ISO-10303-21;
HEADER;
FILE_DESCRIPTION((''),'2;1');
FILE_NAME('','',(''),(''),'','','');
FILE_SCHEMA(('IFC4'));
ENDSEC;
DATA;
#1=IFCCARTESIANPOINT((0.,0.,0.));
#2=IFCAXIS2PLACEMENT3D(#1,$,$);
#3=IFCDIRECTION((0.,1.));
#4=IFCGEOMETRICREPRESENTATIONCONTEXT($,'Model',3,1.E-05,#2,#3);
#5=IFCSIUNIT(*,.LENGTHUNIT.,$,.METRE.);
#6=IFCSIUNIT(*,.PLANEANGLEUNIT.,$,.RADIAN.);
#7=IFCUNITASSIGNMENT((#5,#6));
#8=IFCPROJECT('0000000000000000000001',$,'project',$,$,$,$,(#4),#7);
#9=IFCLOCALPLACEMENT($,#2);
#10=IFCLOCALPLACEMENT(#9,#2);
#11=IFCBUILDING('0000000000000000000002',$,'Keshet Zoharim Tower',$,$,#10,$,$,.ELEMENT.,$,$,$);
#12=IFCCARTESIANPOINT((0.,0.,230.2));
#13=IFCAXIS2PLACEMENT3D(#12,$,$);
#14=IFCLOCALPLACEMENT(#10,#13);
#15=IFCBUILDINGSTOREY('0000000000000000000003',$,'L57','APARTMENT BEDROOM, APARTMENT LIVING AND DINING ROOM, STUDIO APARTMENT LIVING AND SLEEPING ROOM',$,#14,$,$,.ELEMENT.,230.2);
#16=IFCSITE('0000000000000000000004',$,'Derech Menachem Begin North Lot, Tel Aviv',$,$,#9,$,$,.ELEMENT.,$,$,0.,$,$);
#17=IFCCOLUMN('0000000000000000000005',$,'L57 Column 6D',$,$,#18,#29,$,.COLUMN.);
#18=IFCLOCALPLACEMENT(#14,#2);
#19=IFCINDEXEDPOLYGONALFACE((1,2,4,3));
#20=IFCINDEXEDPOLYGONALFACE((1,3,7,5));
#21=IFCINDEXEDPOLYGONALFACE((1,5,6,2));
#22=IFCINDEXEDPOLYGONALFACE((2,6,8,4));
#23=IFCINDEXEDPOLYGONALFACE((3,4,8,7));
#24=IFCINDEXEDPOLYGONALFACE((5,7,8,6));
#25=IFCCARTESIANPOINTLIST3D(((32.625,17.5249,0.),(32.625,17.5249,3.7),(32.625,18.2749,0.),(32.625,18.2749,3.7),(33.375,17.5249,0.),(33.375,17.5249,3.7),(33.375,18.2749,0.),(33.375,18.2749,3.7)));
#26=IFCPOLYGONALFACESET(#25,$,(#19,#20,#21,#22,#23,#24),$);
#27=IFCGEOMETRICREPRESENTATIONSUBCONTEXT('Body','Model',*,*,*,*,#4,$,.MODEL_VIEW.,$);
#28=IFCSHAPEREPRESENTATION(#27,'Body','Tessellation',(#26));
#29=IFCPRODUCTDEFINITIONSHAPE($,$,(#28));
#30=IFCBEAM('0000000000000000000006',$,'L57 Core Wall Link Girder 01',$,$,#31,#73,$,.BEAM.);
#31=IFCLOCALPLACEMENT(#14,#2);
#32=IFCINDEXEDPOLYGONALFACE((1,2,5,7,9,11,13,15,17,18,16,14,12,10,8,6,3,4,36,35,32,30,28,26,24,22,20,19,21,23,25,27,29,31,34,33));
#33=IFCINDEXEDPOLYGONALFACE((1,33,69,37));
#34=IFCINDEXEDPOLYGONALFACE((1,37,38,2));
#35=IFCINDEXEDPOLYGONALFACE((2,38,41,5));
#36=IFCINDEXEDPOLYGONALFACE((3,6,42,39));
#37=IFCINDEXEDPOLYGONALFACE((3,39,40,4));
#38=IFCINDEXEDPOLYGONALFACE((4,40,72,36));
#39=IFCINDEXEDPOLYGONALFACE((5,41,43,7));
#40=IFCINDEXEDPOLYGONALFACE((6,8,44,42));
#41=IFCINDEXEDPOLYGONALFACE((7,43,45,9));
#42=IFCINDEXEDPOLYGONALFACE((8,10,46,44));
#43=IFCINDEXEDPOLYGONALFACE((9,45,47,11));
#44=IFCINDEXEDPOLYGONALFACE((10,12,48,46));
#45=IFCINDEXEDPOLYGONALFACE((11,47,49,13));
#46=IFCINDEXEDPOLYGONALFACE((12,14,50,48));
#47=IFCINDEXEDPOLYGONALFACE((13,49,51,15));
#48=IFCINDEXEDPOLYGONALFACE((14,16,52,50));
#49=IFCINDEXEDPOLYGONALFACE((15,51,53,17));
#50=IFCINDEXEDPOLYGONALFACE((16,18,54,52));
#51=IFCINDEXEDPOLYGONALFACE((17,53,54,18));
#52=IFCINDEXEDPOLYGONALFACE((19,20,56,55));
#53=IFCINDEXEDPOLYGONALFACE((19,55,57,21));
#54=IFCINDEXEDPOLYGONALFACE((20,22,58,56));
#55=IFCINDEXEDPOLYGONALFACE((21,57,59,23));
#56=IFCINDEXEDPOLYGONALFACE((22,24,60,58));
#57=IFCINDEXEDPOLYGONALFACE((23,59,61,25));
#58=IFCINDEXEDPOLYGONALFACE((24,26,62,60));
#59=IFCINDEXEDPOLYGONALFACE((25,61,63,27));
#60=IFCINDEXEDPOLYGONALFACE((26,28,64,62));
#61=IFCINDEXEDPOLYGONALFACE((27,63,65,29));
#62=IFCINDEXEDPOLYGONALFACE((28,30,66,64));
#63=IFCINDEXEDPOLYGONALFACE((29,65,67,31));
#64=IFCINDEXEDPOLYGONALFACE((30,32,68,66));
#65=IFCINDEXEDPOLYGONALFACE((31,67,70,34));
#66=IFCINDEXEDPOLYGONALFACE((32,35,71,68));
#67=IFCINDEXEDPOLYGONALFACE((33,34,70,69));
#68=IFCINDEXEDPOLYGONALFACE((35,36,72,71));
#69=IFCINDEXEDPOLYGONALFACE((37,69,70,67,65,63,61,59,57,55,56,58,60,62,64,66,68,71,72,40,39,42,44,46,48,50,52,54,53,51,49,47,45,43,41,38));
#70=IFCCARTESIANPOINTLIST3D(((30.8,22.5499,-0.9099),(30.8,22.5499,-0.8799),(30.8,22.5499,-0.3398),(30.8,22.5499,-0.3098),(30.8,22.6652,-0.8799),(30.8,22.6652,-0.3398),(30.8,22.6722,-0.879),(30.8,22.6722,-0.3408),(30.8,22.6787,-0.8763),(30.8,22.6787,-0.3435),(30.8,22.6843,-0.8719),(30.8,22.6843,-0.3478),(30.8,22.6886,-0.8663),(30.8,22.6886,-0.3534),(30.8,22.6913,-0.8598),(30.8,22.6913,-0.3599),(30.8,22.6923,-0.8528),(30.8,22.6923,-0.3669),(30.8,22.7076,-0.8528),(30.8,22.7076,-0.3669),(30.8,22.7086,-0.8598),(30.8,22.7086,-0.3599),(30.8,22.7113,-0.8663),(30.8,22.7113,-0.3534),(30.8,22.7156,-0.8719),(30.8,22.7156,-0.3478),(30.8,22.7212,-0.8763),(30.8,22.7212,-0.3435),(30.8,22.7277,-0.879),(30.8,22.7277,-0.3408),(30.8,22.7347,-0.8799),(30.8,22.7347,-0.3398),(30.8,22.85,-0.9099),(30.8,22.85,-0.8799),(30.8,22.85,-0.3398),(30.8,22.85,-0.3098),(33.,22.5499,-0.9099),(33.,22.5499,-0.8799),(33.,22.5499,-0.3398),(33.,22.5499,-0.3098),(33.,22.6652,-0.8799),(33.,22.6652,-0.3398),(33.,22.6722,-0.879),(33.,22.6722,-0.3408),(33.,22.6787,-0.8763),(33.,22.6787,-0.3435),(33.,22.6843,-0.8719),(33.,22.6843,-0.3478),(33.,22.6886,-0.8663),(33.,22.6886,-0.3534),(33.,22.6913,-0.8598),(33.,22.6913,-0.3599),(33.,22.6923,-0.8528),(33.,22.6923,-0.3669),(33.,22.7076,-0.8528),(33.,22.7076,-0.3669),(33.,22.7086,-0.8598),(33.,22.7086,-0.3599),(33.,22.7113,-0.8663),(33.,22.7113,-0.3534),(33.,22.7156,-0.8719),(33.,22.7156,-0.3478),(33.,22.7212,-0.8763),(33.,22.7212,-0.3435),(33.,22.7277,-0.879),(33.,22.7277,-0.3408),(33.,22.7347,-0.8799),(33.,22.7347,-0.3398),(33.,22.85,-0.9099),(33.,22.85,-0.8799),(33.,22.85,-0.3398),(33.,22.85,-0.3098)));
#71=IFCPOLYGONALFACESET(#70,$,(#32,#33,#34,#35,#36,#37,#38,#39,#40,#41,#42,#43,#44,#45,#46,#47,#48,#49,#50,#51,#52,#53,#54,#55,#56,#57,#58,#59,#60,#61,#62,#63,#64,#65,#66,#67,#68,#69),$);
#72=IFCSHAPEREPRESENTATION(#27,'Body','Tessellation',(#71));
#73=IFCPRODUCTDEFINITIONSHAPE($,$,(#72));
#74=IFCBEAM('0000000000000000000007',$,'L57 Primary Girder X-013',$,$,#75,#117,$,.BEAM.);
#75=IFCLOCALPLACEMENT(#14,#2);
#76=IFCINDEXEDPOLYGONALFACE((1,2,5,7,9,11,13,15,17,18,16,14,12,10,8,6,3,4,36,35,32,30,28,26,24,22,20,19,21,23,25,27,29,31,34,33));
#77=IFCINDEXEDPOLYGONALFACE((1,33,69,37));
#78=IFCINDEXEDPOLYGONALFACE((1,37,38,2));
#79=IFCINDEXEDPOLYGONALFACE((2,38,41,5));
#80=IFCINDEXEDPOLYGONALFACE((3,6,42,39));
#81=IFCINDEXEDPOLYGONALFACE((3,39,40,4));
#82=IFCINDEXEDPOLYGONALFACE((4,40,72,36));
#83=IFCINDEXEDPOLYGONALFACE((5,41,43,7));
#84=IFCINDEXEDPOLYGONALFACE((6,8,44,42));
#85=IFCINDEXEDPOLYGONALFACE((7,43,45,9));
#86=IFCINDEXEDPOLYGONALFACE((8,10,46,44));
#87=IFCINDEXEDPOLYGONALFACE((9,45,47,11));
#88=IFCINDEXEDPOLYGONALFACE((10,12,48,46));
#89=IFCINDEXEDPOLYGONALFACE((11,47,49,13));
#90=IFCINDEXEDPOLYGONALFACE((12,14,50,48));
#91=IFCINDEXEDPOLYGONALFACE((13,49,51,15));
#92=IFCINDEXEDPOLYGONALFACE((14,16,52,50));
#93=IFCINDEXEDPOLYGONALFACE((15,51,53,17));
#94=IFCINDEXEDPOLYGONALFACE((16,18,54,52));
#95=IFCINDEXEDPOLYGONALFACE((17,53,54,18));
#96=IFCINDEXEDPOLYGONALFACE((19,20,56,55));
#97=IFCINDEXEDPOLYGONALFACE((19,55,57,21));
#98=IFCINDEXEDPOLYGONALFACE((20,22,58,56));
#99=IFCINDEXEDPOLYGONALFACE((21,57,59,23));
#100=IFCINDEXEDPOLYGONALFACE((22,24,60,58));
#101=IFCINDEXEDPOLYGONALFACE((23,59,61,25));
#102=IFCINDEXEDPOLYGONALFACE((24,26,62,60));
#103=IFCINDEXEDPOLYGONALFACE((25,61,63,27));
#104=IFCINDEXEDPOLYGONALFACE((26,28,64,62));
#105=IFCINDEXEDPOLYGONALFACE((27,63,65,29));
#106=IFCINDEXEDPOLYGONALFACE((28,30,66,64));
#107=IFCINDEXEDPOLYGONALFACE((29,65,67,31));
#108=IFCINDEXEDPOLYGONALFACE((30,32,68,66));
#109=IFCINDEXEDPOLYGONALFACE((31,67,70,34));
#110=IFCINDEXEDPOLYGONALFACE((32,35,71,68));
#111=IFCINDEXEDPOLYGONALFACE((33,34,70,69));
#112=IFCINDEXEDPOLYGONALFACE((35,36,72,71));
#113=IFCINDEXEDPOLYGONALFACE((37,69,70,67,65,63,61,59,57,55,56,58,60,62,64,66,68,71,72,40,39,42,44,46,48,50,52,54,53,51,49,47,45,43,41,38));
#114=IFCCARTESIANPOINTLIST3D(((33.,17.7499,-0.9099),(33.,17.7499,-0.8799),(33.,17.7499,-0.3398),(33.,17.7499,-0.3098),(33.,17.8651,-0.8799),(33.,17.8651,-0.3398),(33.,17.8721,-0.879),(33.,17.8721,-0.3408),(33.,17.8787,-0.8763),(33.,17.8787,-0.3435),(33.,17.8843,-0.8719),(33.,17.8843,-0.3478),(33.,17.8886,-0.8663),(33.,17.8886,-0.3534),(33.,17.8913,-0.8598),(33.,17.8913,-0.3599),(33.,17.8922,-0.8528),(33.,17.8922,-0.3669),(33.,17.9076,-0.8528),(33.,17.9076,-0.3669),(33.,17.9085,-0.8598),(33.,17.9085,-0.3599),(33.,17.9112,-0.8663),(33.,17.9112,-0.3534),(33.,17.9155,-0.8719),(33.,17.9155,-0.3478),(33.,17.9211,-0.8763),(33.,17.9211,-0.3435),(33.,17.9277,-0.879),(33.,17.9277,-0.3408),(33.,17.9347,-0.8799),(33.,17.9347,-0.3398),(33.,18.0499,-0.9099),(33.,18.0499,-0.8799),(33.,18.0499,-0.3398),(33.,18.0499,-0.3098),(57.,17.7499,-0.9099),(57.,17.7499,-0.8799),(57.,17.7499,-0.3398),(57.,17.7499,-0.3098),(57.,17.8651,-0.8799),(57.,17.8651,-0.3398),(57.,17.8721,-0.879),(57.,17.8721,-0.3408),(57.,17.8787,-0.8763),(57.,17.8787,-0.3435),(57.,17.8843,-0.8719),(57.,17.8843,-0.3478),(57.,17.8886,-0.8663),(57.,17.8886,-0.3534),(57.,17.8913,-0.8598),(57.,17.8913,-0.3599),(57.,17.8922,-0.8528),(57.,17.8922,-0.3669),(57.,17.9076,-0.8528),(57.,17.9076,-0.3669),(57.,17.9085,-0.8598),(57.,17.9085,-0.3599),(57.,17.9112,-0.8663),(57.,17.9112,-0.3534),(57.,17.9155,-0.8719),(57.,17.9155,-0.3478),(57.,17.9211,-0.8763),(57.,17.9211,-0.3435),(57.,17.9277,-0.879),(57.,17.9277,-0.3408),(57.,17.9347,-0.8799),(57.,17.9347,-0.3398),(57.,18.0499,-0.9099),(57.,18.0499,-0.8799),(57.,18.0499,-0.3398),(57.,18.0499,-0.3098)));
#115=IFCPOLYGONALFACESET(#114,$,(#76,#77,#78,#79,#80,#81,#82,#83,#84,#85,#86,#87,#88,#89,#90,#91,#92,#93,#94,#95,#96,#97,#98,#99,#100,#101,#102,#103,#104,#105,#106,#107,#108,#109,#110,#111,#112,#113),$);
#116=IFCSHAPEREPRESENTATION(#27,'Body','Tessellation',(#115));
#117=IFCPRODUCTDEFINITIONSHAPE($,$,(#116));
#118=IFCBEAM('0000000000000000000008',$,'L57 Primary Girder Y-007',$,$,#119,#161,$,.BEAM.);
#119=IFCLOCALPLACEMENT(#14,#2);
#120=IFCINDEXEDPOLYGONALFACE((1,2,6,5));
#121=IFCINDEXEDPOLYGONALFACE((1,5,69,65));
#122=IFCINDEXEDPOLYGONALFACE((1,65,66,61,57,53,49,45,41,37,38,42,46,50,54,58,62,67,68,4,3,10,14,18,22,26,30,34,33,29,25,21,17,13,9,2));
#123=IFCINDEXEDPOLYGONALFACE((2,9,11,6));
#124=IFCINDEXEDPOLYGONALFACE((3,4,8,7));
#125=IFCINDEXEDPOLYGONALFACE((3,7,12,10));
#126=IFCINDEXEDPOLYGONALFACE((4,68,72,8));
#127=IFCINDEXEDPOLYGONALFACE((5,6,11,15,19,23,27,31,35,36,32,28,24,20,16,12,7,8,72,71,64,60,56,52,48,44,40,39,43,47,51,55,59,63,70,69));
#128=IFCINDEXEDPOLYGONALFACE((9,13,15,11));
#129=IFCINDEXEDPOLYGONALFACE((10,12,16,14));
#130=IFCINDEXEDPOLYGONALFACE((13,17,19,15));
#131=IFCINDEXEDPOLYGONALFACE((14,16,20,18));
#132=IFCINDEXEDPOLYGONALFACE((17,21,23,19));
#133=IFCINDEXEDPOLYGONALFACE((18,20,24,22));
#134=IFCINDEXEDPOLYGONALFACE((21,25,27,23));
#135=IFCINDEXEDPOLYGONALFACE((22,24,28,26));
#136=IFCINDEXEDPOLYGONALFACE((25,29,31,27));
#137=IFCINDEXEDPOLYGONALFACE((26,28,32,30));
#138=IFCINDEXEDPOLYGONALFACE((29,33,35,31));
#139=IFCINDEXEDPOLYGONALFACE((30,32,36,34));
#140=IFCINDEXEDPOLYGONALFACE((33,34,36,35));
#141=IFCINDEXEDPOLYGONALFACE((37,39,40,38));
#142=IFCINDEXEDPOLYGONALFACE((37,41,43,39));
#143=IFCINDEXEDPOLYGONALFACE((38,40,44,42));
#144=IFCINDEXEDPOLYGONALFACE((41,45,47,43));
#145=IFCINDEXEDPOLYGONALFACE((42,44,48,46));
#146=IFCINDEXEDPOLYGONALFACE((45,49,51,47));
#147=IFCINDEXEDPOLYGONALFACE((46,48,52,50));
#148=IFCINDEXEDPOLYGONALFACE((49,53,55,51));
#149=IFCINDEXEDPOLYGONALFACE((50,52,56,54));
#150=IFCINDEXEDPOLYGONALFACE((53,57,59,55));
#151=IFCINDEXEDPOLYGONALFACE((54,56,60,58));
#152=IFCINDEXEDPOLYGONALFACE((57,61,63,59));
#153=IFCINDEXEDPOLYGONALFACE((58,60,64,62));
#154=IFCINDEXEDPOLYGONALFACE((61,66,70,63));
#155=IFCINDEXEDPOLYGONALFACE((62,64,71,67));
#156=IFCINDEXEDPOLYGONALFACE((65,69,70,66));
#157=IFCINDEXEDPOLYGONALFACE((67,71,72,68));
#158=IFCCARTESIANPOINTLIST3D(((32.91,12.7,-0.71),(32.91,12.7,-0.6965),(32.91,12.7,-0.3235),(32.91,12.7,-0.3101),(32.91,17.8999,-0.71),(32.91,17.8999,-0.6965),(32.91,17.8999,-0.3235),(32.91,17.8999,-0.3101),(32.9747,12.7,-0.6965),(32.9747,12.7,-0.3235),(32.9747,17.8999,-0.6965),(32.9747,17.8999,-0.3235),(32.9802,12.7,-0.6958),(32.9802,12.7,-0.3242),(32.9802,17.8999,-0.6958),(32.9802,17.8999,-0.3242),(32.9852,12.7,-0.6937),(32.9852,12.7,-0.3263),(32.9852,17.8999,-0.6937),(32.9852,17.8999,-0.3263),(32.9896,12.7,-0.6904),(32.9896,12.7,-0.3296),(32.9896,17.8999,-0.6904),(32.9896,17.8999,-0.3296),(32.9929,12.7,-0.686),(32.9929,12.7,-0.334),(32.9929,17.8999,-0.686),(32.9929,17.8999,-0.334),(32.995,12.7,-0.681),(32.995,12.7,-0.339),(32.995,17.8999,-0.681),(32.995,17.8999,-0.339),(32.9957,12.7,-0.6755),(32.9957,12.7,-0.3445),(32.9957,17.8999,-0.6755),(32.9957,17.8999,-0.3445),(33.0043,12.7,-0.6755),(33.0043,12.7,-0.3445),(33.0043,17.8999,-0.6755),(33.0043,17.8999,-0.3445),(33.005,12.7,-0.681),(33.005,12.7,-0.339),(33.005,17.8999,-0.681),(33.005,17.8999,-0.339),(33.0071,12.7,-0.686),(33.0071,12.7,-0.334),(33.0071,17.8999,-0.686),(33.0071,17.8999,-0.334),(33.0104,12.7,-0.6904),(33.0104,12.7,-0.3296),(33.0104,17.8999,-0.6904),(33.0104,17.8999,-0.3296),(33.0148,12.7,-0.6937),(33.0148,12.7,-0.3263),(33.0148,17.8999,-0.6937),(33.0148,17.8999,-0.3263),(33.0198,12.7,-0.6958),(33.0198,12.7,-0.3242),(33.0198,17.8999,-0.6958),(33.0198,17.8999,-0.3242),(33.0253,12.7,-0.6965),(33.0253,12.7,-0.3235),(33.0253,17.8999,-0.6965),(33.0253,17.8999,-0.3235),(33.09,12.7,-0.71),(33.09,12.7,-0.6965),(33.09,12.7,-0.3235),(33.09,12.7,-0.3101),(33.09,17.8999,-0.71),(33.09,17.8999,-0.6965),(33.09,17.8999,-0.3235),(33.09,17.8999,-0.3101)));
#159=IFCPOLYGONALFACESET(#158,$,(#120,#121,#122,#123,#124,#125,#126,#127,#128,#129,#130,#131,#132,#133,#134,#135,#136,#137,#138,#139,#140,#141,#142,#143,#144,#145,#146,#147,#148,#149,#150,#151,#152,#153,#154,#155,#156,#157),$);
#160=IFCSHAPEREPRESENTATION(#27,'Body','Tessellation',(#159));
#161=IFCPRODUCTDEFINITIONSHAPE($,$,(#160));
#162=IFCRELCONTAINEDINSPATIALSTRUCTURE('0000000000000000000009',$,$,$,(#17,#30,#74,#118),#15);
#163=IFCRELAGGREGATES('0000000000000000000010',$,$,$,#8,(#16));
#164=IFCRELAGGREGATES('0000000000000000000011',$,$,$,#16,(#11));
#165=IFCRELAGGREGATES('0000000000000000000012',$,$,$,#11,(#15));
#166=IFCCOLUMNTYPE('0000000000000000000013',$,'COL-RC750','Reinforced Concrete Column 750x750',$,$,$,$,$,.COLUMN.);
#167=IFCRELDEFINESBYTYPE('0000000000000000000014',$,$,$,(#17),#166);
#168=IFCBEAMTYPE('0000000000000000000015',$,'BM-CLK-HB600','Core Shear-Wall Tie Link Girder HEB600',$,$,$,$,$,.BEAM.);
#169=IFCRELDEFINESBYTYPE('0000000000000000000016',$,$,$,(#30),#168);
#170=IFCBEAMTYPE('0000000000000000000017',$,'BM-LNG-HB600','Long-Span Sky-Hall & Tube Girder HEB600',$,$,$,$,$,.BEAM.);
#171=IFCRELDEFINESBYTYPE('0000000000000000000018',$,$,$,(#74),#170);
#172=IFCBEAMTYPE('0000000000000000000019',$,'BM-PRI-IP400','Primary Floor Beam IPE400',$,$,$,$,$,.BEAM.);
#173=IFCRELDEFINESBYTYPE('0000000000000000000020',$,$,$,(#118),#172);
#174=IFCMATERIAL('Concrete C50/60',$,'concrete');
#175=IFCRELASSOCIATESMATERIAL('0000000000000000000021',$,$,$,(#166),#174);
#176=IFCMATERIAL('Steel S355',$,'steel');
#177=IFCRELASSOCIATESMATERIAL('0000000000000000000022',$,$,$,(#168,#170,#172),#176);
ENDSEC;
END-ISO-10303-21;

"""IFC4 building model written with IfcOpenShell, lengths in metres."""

from ifc_helpers import new_model, si_unit, direction, frame, origin, origin_2d, place, context, subcontext, project, spatial, rectangle, i_section, extrude, material, material_profile, profile_set, type_object, element, save


model = new_model("IFC4")

# Units and contexts
model_context = context("Model", 3, precision=1e-05, world=origin(), true_north=direction((0.0, 1.0)))
body_context = subcontext(model_context, "Body", "Model", "MODEL_VIEW")
ifc_project = project(units=[si_unit("LENGTHUNIT", "METRE"), si_unit("PLANEANGLEUNIT", "RADIAN")], contexts=[model_context])

# Site, building, storey
site_placement = place(None, origin())
site = spatial("IfcSite", under=ifc_project, at=site_placement, Name="Derech Menachem Begin North Lot, Tel Aviv", CompositionType="ELEMENT", RefElevation=0.0)
building_placement = place(site_placement, origin())
building = spatial("IfcBuilding", under=site, at=building_placement, Name="Keshet Zoharim Tower", CompositionType="ELEMENT")
storey_placement = place(building_placement, frame((0.0, 0.0, 230.2)))
storey = spatial("IfcBuildingStorey", under=building, at=storey_placement, Name="L57", Description="APARTMENT BEDROOM, APARTMENT LIVING AND DINING ROOM, STUDIO APARTMENT LIVING AND SLEEPING ROOM", CompositionType="ELEMENT", Elevation=230.2)

# Column
ifc_material_1 = material(Name="Concrete C50/60", Category="concrete")
ifc_material_profile_1 = material_profile(ifc_material_1, rectangle(XDim=0.75, YDim=0.75, at=origin_2d()), Name="RC750x750")
ifc_profile_set_1 = profile_set([ifc_material_profile_1], Name="Concrete C50/60")
column_type = type_object("IfcColumnType", Name="COL-RC750", Description="Reinforced Concrete Column 750x750", PredefinedType="COLUMN", material=ifc_profile_set_1)
column_placement = place(storey_placement, frame((33.0, 17.8999, 0.0), z_axis=(0.0, 0.0, 1.0), x_axis=(1.0, 0.0, 0.0)))
element("IfcColumn", 1, at=column_placement, inside=storey, type_object=column_type, Name="L57 Column 6D", PredefinedType="COLUMN", context=body_context, shape_type="SweptSolid", body=[
    extrude(rectangle(XDim=0.75, YDim=0.75, at=origin_2d()), origin(), (0.0, 0.0, 1.0), 3.7),
])

# Beams
ifc_material_2 = material(Name="Steel S355", Category="steel")
ifc_material_profile_2 = material_profile(ifc_material_2, i_section(OverallWidth=0.3, OverallDepth=0.6001, WebThickness=0.0154, FlangeThickness=0.03, FilletRadius=0.0271, at=origin_2d()), Name="HEB600")
ifc_profile_set_2 = profile_set([ifc_material_profile_2], Name="Steel S355")
beam_type_1 = type_object("IfcBeamType", Name="BM-CLK-HB600", Description="Core Shear-Wall Tie Link Girder HEB600", PredefinedType="BEAM", material=ifc_profile_set_2)
beam_1_placement = place(storey_placement, frame((30.8, 22.7, -0.6099), z_axis=(1.0, 0.0, 0.0), x_axis=(0.0, 1.0, 0.0)))
element("IfcBeam", 2, at=beam_1_placement, inside=storey, type_object=beam_type_1, Name="L57 Core Wall Link Girder 01", PredefinedType="BEAM", context=body_context, shape_type="SweptSolid", body=[
    extrude(i_section(OverallWidth=0.3, OverallDepth=0.6001, WebThickness=0.0154, FlangeThickness=0.03, FilletRadius=0.0271, at=origin_2d()), origin(), (0.0, 0.0, 1.0), 2.2),
])
ifc_material_profile_3 = material_profile(ifc_material_2, i_section(OverallWidth=0.3, OverallDepth=0.6001, WebThickness=0.0154, FlangeThickness=0.03, FilletRadius=0.0271, at=origin_2d()), Name="HEB600")
ifc_profile_set_3 = profile_set([ifc_material_profile_3], Name="Steel S355")
beam_type_2 = type_object("IfcBeamType", Name="BM-LNG-HB600", Description="Long-Span Sky-Hall & Tube Girder HEB600", PredefinedType="BEAM", material=ifc_profile_set_3)
beam_2_placement = place(storey_placement, frame((33.0, 17.8999, -0.6099), z_axis=(1.0, 0.0, 0.0), x_axis=(0.0, 1.0, 0.0)))
element("IfcBeam", 3, at=beam_2_placement, inside=storey, type_object=beam_type_2, Name="L57 Primary Girder X-013", PredefinedType="BEAM", context=body_context, shape_type="SweptSolid", body=[
    extrude(i_section(OverallWidth=0.3, OverallDepth=0.6001, WebThickness=0.0154, FlangeThickness=0.03, FilletRadius=0.0271, at=origin_2d()), origin(), (0.0, 0.0, 1.0), 24.0),
])
ifc_material_profile_4 = material_profile(ifc_material_2, i_section(OverallWidth=0.1799, OverallDepth=0.3999, WebThickness=0.0085, FlangeThickness=0.0134, FilletRadius=0.021, at=origin_2d()), Name="IPE400")
ifc_profile_set_4 = profile_set([ifc_material_profile_4], Name="Steel S355")
beam_type_3 = type_object("IfcBeamType", Name="BM-PRI-IP400", Description="Primary Floor Beam IPE400", PredefinedType="BEAM", material=ifc_profile_set_4)
beam_3_placement = place(storey_placement, frame((33.0, 12.7, -0.51), z_axis=(0.0, 1.0, 0.0), x_axis=(-1.0, 0.0, 0.0)))
element("IfcBeam", 4, at=beam_3_placement, inside=storey, type_object=beam_type_3, Name="L57 Primary Girder Y-007", PredefinedType="BEAM", context=body_context, shape_type="SweptSolid", body=[
    extrude(i_section(OverallWidth=0.1799, OverallDepth=0.3999, WebThickness=0.0085, FlangeThickness=0.0134, FilletRadius=0.021, at=origin_2d()), origin(), (0.0, 0.0, 1.0), 5.2),
])

save(model, "model.ifc")
